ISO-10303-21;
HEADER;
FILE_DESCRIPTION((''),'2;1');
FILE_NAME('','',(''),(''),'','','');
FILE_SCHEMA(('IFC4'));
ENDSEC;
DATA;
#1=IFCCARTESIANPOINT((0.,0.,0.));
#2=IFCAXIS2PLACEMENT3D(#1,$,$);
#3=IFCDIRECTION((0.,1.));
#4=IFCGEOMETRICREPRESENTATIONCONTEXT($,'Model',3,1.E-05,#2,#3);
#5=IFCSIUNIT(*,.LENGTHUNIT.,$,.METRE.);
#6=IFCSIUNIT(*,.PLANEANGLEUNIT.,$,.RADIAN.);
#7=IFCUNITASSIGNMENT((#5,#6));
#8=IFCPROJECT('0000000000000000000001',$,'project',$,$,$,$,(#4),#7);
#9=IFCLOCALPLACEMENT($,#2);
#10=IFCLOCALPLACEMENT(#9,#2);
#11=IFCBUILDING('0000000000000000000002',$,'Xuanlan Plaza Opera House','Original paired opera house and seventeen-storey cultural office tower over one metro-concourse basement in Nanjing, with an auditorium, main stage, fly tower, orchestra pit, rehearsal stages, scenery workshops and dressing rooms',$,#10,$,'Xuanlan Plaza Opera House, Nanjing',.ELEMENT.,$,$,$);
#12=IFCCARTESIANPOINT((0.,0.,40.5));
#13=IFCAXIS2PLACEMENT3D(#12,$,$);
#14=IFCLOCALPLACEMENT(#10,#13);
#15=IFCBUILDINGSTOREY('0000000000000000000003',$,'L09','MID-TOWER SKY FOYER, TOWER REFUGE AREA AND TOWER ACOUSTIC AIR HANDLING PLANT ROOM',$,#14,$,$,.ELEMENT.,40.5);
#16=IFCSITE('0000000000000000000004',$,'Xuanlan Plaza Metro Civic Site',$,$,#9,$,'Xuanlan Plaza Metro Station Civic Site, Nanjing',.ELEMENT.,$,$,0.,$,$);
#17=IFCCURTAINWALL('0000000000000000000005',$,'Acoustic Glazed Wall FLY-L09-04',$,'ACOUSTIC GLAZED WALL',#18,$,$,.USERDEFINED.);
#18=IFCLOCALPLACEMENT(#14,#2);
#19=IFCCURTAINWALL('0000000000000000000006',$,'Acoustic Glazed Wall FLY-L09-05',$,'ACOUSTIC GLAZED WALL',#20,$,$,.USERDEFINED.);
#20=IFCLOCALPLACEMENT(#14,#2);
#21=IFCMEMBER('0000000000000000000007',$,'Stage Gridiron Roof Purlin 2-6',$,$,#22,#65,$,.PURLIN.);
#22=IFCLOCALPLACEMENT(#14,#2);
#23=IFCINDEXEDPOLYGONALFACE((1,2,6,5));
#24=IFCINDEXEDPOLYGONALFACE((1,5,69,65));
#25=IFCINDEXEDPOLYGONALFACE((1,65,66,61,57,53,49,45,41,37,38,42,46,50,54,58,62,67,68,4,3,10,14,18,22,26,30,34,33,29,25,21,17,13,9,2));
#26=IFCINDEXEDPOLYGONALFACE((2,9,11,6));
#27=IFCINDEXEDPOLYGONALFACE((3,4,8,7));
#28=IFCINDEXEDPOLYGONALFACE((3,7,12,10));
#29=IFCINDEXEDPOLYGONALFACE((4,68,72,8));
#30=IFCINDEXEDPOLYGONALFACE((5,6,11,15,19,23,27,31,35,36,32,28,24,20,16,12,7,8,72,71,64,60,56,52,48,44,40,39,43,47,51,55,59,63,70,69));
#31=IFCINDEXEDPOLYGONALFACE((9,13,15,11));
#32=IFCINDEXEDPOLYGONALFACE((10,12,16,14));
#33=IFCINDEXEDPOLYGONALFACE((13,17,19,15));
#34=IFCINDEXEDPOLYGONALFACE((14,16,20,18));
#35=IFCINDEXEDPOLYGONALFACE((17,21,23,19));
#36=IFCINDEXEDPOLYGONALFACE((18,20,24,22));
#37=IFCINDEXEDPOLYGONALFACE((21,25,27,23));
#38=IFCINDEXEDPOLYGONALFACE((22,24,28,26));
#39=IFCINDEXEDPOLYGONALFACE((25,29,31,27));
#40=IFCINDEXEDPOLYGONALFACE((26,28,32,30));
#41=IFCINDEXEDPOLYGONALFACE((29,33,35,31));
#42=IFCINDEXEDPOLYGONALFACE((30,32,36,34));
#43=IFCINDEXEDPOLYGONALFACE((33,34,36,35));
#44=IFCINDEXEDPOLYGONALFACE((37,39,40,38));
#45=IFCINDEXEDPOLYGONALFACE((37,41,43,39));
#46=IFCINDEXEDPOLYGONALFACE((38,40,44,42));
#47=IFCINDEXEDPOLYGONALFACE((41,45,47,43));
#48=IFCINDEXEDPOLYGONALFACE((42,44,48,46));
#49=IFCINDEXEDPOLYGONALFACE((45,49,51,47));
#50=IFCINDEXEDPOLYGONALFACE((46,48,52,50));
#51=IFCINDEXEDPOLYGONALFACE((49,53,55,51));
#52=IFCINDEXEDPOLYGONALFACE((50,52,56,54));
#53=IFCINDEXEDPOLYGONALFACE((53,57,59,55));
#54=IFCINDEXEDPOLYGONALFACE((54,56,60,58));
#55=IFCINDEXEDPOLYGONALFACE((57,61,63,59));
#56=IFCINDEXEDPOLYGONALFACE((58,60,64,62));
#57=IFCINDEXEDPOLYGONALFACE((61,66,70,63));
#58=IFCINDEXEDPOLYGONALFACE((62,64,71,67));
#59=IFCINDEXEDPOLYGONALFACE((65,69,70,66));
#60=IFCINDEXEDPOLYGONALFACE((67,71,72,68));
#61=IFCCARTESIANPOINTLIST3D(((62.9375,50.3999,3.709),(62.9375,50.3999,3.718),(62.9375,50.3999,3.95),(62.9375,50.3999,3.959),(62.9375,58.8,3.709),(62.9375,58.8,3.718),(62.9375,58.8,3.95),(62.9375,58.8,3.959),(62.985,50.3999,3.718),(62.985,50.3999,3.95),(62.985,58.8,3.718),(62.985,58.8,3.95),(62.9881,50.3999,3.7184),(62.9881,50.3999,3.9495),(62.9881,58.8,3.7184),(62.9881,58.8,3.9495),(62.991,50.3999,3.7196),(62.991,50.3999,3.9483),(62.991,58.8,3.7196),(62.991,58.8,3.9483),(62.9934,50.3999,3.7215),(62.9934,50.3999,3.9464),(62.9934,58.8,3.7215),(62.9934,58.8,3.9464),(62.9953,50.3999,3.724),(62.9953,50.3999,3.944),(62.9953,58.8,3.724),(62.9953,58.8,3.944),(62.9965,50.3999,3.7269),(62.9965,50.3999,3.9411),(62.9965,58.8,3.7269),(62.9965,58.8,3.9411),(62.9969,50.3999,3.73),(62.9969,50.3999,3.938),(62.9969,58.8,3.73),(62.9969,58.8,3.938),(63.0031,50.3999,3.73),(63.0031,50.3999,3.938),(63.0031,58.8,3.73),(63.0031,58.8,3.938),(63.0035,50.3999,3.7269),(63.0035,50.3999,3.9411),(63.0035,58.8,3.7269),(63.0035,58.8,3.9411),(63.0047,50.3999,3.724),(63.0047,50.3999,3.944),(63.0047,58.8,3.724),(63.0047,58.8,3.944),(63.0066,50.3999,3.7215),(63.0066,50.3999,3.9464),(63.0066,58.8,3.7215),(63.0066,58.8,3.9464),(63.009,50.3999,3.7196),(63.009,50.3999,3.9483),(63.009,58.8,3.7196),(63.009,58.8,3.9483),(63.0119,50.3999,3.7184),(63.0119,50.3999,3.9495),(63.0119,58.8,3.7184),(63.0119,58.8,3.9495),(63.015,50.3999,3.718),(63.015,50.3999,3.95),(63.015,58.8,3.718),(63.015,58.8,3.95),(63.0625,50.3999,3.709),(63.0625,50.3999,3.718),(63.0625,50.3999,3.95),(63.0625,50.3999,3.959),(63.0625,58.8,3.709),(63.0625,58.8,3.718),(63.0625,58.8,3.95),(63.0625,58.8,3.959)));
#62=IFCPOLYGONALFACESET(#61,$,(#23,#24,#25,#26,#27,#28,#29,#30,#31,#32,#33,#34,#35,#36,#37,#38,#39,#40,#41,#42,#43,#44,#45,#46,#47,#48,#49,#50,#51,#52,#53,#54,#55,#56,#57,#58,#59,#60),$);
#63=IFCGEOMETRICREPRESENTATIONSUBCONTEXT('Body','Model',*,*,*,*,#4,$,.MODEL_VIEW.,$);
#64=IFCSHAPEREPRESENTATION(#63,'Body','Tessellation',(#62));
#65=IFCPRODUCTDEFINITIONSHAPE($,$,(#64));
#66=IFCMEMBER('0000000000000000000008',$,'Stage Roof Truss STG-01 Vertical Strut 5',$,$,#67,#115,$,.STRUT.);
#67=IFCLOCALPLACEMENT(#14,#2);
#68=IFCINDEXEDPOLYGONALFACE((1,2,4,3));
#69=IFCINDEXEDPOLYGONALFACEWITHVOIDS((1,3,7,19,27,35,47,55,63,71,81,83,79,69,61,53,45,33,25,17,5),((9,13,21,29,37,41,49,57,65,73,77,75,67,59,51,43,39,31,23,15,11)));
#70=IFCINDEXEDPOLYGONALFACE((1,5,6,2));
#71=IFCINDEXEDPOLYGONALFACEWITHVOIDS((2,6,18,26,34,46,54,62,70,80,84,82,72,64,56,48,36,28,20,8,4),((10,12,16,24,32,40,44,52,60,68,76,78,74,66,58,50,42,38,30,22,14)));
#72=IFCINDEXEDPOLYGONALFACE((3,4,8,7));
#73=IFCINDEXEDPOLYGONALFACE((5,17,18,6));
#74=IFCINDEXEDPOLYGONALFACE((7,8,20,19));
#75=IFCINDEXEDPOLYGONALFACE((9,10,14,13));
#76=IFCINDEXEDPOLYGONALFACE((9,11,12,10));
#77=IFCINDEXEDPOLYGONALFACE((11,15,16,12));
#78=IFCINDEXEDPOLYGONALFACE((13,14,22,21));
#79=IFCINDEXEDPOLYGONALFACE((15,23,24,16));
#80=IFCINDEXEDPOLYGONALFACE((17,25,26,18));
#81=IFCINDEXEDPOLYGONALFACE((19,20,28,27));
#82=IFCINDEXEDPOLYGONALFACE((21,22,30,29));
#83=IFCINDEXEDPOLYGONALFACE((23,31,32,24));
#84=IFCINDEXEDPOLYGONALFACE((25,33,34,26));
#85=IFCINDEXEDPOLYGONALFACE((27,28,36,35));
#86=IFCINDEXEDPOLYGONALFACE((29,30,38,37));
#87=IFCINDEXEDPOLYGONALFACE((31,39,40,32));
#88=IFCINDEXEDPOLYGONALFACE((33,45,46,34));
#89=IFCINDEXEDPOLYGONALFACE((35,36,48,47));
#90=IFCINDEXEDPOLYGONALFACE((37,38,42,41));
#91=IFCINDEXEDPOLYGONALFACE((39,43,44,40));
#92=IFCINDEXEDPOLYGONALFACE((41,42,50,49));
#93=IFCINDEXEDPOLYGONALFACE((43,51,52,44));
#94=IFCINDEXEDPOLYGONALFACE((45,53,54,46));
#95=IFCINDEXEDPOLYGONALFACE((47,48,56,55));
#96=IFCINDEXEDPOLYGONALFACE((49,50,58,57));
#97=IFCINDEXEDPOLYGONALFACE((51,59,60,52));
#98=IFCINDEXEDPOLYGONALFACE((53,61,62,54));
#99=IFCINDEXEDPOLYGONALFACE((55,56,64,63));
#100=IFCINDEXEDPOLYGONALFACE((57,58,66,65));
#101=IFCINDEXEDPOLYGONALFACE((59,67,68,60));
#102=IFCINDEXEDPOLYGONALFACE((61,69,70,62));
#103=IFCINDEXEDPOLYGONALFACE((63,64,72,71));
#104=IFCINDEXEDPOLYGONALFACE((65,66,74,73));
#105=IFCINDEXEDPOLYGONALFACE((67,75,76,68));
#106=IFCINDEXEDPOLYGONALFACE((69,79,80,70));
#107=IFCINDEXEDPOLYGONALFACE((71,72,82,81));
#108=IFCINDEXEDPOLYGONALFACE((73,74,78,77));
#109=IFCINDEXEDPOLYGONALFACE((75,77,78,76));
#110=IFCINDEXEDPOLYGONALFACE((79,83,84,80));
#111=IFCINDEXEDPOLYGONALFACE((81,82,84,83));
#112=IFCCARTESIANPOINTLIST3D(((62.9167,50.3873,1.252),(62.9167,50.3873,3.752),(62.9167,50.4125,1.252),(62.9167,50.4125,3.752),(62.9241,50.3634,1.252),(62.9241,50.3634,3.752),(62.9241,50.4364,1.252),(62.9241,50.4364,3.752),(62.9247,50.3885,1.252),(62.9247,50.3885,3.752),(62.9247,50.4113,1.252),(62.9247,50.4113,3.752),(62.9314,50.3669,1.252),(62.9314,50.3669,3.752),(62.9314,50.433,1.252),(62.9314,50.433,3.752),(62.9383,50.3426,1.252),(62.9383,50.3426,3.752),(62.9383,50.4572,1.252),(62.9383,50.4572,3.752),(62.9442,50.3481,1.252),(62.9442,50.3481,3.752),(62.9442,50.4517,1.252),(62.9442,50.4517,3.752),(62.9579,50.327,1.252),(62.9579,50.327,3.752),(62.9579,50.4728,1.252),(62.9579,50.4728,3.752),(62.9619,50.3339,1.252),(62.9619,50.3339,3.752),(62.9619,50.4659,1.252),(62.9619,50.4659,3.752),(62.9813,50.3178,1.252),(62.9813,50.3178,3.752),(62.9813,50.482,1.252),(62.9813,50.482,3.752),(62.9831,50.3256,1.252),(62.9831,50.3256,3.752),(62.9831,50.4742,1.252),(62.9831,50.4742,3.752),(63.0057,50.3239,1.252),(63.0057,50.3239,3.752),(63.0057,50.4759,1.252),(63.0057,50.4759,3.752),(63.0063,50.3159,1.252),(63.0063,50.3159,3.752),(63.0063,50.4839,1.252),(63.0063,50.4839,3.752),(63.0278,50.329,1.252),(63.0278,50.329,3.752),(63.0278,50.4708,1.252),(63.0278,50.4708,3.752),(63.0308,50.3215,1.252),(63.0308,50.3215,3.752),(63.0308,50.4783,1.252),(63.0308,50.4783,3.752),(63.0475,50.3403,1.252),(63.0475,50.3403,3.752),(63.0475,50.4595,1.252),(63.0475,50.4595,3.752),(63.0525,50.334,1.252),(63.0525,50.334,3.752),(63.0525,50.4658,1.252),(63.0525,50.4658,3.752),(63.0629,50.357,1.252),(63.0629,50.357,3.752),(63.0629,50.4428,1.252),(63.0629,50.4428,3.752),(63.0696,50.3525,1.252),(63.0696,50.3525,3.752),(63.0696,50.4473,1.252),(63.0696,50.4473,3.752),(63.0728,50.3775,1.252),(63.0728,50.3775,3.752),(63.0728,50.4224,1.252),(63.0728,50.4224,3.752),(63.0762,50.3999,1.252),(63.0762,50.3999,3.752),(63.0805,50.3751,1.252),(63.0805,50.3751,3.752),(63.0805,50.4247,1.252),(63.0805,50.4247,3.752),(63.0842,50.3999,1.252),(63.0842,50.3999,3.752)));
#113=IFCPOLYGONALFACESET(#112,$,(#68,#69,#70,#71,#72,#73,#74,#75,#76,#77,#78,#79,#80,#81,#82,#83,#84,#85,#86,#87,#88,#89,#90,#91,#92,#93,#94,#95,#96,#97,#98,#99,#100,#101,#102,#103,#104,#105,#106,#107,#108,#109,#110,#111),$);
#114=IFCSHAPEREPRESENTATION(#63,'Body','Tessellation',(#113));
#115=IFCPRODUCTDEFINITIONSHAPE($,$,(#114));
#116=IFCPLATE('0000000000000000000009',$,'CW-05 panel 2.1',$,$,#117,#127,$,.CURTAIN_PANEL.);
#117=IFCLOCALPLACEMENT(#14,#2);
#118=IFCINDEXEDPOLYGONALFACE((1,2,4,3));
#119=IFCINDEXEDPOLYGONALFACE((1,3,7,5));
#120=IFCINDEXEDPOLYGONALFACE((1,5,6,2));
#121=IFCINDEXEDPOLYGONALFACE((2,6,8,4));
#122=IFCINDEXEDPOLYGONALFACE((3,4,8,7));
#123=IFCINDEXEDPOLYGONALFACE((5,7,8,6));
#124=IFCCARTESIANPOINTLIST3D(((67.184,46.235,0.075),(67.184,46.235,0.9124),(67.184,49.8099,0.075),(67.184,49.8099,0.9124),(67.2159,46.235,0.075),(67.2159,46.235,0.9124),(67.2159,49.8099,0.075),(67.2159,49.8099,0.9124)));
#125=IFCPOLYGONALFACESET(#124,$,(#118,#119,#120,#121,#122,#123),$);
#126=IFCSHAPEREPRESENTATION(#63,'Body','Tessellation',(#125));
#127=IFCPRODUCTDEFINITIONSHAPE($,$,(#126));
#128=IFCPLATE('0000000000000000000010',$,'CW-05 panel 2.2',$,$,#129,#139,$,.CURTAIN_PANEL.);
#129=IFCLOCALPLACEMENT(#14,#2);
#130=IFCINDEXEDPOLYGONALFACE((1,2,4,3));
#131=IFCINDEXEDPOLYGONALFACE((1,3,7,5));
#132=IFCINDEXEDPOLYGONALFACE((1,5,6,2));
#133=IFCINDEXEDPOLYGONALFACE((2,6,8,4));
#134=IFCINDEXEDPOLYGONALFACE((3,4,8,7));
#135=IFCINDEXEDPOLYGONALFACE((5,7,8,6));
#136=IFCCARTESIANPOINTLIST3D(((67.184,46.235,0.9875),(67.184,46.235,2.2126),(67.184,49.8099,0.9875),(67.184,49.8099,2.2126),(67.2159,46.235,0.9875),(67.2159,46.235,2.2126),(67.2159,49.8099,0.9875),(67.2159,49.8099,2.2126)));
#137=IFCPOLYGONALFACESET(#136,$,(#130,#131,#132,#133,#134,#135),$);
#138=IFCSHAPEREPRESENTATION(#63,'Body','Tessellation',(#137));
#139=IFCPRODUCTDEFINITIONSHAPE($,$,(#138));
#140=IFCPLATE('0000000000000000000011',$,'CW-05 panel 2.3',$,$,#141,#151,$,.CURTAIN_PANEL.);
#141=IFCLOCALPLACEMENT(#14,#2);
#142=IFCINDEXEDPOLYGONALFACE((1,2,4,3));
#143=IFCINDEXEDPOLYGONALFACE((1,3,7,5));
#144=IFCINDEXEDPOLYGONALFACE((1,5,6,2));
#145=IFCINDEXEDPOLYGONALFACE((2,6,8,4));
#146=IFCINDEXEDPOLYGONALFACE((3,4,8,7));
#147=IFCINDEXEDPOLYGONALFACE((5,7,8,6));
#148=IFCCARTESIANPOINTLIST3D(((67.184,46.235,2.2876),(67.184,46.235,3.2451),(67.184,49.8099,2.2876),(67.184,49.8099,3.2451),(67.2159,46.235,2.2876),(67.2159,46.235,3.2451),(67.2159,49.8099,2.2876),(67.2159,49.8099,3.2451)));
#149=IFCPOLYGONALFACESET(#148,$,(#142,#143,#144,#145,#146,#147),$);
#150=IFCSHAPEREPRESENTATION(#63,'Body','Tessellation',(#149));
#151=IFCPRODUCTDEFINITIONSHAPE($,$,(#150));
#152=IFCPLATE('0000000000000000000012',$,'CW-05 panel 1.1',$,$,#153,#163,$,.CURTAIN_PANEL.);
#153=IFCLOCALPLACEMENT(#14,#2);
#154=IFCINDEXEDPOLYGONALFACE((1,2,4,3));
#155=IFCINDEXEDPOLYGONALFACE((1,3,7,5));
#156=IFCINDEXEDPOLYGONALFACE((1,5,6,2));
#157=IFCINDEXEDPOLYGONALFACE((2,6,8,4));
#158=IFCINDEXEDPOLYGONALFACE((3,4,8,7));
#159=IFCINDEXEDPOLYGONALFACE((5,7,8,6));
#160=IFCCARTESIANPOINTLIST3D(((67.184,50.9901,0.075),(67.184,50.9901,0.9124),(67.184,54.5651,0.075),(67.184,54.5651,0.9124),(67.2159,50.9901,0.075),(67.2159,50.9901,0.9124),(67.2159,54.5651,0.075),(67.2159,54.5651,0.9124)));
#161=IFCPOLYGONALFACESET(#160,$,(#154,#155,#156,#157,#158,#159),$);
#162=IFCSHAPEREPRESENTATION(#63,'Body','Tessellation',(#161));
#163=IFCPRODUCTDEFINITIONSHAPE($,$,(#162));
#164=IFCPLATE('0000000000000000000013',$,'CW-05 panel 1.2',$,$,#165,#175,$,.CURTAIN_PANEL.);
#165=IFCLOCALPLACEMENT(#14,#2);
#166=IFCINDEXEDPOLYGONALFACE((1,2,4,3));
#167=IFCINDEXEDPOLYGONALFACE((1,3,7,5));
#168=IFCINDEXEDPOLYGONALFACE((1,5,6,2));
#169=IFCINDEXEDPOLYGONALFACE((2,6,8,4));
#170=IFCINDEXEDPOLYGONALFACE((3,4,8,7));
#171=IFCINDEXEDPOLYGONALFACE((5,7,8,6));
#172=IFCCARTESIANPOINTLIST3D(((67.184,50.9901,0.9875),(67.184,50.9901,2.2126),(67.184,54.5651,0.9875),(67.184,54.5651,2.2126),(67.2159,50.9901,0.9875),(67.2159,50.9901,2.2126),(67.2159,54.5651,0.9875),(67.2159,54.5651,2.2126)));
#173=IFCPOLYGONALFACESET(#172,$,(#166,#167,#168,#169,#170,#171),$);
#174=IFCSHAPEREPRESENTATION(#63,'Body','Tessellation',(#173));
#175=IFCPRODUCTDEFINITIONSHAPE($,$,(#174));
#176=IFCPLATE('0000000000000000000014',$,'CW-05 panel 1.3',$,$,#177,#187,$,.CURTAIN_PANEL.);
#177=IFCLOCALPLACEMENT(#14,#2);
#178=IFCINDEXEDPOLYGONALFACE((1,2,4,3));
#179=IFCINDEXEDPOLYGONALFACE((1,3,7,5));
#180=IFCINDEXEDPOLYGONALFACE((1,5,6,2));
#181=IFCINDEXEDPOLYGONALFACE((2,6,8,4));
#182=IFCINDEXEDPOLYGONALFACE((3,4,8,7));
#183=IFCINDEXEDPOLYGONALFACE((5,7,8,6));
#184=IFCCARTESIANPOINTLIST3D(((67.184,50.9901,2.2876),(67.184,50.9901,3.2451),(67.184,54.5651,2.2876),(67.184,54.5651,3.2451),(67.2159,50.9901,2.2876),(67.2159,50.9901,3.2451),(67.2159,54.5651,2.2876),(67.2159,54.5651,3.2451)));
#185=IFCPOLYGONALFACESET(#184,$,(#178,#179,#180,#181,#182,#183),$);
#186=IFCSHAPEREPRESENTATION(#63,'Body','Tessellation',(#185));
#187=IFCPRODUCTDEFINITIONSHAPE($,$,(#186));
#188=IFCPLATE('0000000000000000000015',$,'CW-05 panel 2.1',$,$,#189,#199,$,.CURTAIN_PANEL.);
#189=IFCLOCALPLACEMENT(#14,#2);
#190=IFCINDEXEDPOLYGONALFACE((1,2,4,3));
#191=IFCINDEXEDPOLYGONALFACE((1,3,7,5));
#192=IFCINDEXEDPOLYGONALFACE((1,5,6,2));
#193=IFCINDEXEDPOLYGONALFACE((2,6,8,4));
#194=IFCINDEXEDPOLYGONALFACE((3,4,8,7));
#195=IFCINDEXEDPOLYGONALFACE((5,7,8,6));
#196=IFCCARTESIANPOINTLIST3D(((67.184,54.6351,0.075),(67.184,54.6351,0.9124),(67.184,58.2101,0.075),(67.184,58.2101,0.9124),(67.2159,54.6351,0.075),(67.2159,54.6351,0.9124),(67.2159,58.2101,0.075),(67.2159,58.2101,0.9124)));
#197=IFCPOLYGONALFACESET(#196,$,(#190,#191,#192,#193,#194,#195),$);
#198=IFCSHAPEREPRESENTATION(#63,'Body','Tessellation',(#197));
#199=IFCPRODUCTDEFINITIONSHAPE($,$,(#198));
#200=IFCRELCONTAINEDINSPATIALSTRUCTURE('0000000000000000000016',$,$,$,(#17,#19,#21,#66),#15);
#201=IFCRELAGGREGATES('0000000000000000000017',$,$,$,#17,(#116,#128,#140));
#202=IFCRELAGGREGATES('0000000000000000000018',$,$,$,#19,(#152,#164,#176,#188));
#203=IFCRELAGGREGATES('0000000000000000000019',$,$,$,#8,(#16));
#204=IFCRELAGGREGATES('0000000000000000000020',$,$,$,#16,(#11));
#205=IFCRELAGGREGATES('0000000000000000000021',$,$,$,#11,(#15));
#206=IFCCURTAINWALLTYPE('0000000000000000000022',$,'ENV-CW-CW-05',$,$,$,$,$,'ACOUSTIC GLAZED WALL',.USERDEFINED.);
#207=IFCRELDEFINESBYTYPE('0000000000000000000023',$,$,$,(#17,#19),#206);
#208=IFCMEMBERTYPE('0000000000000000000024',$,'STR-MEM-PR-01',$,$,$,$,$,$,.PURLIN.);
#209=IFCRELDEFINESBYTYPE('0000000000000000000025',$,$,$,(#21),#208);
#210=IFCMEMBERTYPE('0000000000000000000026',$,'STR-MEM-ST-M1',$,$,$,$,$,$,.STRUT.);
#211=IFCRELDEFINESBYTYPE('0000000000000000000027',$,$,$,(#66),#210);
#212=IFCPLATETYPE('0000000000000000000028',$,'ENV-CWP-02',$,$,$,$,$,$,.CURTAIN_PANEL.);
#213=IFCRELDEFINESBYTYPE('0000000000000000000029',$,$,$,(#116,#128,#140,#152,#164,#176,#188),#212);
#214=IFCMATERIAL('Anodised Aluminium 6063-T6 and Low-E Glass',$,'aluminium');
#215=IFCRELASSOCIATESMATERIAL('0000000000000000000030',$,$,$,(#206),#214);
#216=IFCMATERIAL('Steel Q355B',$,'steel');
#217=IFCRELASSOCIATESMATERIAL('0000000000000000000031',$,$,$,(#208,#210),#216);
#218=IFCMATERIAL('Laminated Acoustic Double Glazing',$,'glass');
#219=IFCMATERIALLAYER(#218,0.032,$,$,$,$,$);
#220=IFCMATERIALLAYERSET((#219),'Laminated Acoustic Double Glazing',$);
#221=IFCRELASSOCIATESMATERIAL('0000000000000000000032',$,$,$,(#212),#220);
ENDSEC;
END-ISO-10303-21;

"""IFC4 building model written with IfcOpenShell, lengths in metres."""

from ifc_helpers import new_model, si_unit, direction, frame, origin, origin_2d, place, context, subcontext, project, spatial, rectangle, hollow_circle, i_section, extrude, material, layer, layer_set, material_profile, profile_set, type_object, element, aggregate, save


model = new_model("IFC4")

# Units and contexts
model_context = context("Model", 3, precision=1e-05, world=origin(), true_north=direction((0.0, 1.0)))
body_context = subcontext(model_context, "Body", "Model", "MODEL_VIEW")
ifc_project = project(units=[si_unit("LENGTHUNIT", "METRE"), si_unit("PLANEANGLEUNIT", "RADIAN")], contexts=[model_context])

# Site, building, storey
site_placement = place(None, origin())
site = spatial("IfcSite", under=ifc_project, at=site_placement, Name="Xuanlan Plaza Metro Civic Site", LongName="Xuanlan Plaza Metro Station Civic Site, Nanjing", CompositionType="ELEMENT", RefElevation=0.0)
building_placement = place(site_placement, origin())
building = spatial("IfcBuilding", under=site, at=building_placement, Name="Xuanlan Plaza Opera House", Description="Original paired opera house and seventeen-storey cultural office tower over one metro-concourse basement in Nanjing, with an auditorium, main stage, fly tower, orchestra pit, rehearsal stages, scenery workshops and dressing rooms", LongName="Xuanlan Plaza Opera House, Nanjing", CompositionType="ELEMENT")
storey_placement = place(building_placement, frame((0.0, 0.0, 40.5)))
storey = spatial("IfcBuildingStorey", under=building, at=storey_placement, Name="L09", Description="MID-TOWER SKY FOYER, TOWER REFUGE AREA AND TOWER ACOUSTIC AIR HANDLING PLANT ROOM", CompositionType="ELEMENT", Elevation=40.5)

# Curtain wall
ifc_material_1 = material(Name="Anodised Aluminium 6063-T6 and Low-E Glass", Category="aluminium")
curtain_wall_type = type_object("IfcCurtainWallType", Name="ENV-CW-CW-05", ElementType="ACOUSTIC GLAZED WALL", PredefinedType="USERDEFINED", material=ifc_material_1)
curtain_wall_1_placement = place(storey_placement, origin())
curtain_wall_1 = element("IfcCurtainWall", 1, at=curtain_wall_1_placement, inside=storey, type_object=curtain_wall_type, Name="Acoustic Glazed Wall FLY-L09-04", ObjectType="ACOUSTIC GLAZED WALL", PredefinedType="USERDEFINED")

# Curtain wall
curtain_wall_2_placement = place(storey_placement, origin())
curtain_wall_2 = element("IfcCurtainWall", 2, at=curtain_wall_2_placement, inside=storey, type_object=curtain_wall_type, Name="Acoustic Glazed Wall FLY-L09-05", ObjectType="ACOUSTIC GLAZED WALL", PredefinedType="USERDEFINED")

# Shared definitions
ifc_material_2 = material(Name="Steel Q355B", Category="steel")

# Members
ifc_material_profile_1 = material_profile(ifc_material_2, i_section(OverallWidth=0.125, OverallDepth=0.25, WebThickness=0.0061, FlangeThickness=0.009, FilletRadius=0.012, at=origin_2d()), Name="HN 250x125x6x9")
ifc_profile_set_1 = profile_set([ifc_material_profile_1], Name="Steel Q355B")
member_type_1 = type_object("IfcMemberType", Name="STR-MEM-PR-01", PredefinedType="PURLIN", material=ifc_profile_set_1)
member_1_placement = place(storey_placement, frame((63.0, 50.3999, 3.834), z_axis=(0.0, 1.0, 0.0), x_axis=(-1.0, 0.0, 0.0)))
element("IfcMember", 3, at=member_1_placement, inside=storey, type_object=member_type_1, Name="Stage Gridiron Roof Purlin 2-6", PredefinedType="PURLIN", context=body_context, shape_type="SweptSolid", body=[
    extrude(i_section(OverallWidth=0.125, OverallDepth=0.25, WebThickness=0.0061, FlangeThickness=0.009, FilletRadius=0.012, at=origin_2d()), origin(), (0.0, 0.0, 1.0), 8.4001),
])
ifc_material_profile_2 = material_profile(ifc_material_2, hollow_circle(Radius=0.0842, WallThickness=0.0081, at=origin_2d()), Name="CHS 168.3x8")
ifc_profile_set_2 = profile_set([ifc_material_profile_2], Name="Steel Q355B")
member_type_2 = type_object("IfcMemberType", Name="STR-MEM-ST-M1", PredefinedType="STRUT", material=ifc_profile_set_2)
member_2_placement = place(storey_placement, frame((63.0, 50.3999, 1.252), z_axis=(0.0, 0.0, 1.0), x_axis=(1.0, 0.0, 0.0)))
element("IfcMember", 4, at=member_2_placement, inside=storey, type_object=member_type_2, Name="Stage Roof Truss STG-01 Vertical Strut 5", PredefinedType="STRUT", context=body_context, shape_type="SweptSolid", body=[
    extrude(hollow_circle(Radius=0.0842, WallThickness=0.0081, at=origin_2d()), origin(), (0.0, 0.0, 1.0), 2.5),
])

# Plates
ifc_material_3 = material(Name="Laminated Acoustic Double Glazing", Category="glass")
ifc_layer = layer(ifc_material_3, 0.032)
ifc_layer_set = layer_set([ifc_layer], Name="Laminated Acoustic Double Glazing")
plate_type = type_object("IfcPlateType", Name="ENV-CWP-02", PredefinedType="CURTAIN_PANEL", material=ifc_layer_set)
plate_1_placement = place(storey_placement, frame((67.2, 48.0225, 0.075), z_axis=(0.0, 0.0, 1.0), x_axis=(0.0, 1.0, 0.0)))
plate_1 = element("IfcPlate", 5, at=plate_1_placement, type_object=plate_type, Name="CW-05 panel 2.1", PredefinedType="CURTAIN_PANEL", context=body_context, shape_type="SweptSolid", body=[
    extrude(rectangle(XDim=3.575, YDim=0.032, at=origin_2d()), origin(), (0.0, 0.0, 1.0), 0.8374),
])
plate_2_placement = place(storey_placement, frame((67.2, 48.0225, 0.9875), z_axis=(0.0, 0.0, 1.0), x_axis=(0.0, 1.0, 0.0)))
plate_2 = element("IfcPlate", 6, at=plate_2_placement, type_object=plate_type, Name="CW-05 panel 2.2", PredefinedType="CURTAIN_PANEL", context=body_context, shape_type="SweptSolid", body=[
    extrude(rectangle(XDim=3.575, YDim=0.032, at=origin_2d()), origin(), (0.0, 0.0, 1.0), 1.2251),
])
plate_3_placement = place(storey_placement, frame((67.2, 48.0225, 2.2876), z_axis=(0.0, 0.0, 1.0), x_axis=(0.0, 1.0, 0.0)))
plate_3 = element("IfcPlate", 7, at=plate_3_placement, type_object=plate_type, Name="CW-05 panel 2.3", PredefinedType="CURTAIN_PANEL", context=body_context, shape_type="SweptSolid", body=[
    extrude(rectangle(XDim=3.575, YDim=0.032, at=origin_2d()), origin(), (0.0, 0.0, 1.0), 0.9575),
])
aggregate(curtain_wall_1, [plate_1, plate_2, plate_3])
plate_4_placement = place(storey_placement, frame((67.2, 52.7776, 0.075), z_axis=(0.0, 0.0, 1.0), x_axis=(0.0, 1.0, 0.0)))
plate_4 = element("IfcPlate", 8, at=plate_4_placement, type_object=plate_type, Name="CW-05 panel 1.1", PredefinedType="CURTAIN_PANEL", context=body_context, shape_type="SweptSolid", body=[
    extrude(rectangle(XDim=3.575, YDim=0.032, at=origin_2d()), origin(), (0.0, 0.0, 1.0), 0.8374),
])
plate_5_placement = place(storey_placement, frame((67.2, 52.7776, 0.9875), z_axis=(0.0, 0.0, 1.0), x_axis=(0.0, 1.0, 0.0)))
plate_5 = element("IfcPlate", 9, at=plate_5_placement, type_object=plate_type, Name="CW-05 panel 1.2", PredefinedType="CURTAIN_PANEL", context=body_context, shape_type="SweptSolid", body=[
    extrude(rectangle(XDim=3.575, YDim=0.032, at=origin_2d()), origin(), (0.0, 0.0, 1.0), 1.2251),
])
plate_6_placement = place(storey_placement, frame((67.2, 52.7776, 2.2876), z_axis=(0.0, 0.0, 1.0), x_axis=(0.0, 1.0, 0.0)))
plate_6 = element("IfcPlate", 10, at=plate_6_placement, type_object=plate_type, Name="CW-05 panel 1.3", PredefinedType="CURTAIN_PANEL", context=body_context, shape_type="SweptSolid", body=[
    extrude(rectangle(XDim=3.575, YDim=0.032, at=origin_2d()), origin(), (0.0, 0.0, 1.0), 0.9575),
])
plate_7_placement = place(storey_placement, frame((67.2, 56.4226, 0.075), z_axis=(0.0, 0.0, 1.0), x_axis=(0.0, 1.0, 0.0)))
plate_7 = element("IfcPlate", 11, at=plate_7_placement, type_object=plate_type, Name="CW-05 panel 2.1", PredefinedType="CURTAIN_PANEL", context=body_context, shape_type="SweptSolid", body=[
    extrude(rectangle(XDim=3.575, YDim=0.032, at=origin_2d()), origin(), (0.0, 0.0, 1.0), 0.8374),
])
aggregate(curtain_wall_2, [plate_4, plate_5, plate_6, plate_7])

save(model, "model.ifc")
